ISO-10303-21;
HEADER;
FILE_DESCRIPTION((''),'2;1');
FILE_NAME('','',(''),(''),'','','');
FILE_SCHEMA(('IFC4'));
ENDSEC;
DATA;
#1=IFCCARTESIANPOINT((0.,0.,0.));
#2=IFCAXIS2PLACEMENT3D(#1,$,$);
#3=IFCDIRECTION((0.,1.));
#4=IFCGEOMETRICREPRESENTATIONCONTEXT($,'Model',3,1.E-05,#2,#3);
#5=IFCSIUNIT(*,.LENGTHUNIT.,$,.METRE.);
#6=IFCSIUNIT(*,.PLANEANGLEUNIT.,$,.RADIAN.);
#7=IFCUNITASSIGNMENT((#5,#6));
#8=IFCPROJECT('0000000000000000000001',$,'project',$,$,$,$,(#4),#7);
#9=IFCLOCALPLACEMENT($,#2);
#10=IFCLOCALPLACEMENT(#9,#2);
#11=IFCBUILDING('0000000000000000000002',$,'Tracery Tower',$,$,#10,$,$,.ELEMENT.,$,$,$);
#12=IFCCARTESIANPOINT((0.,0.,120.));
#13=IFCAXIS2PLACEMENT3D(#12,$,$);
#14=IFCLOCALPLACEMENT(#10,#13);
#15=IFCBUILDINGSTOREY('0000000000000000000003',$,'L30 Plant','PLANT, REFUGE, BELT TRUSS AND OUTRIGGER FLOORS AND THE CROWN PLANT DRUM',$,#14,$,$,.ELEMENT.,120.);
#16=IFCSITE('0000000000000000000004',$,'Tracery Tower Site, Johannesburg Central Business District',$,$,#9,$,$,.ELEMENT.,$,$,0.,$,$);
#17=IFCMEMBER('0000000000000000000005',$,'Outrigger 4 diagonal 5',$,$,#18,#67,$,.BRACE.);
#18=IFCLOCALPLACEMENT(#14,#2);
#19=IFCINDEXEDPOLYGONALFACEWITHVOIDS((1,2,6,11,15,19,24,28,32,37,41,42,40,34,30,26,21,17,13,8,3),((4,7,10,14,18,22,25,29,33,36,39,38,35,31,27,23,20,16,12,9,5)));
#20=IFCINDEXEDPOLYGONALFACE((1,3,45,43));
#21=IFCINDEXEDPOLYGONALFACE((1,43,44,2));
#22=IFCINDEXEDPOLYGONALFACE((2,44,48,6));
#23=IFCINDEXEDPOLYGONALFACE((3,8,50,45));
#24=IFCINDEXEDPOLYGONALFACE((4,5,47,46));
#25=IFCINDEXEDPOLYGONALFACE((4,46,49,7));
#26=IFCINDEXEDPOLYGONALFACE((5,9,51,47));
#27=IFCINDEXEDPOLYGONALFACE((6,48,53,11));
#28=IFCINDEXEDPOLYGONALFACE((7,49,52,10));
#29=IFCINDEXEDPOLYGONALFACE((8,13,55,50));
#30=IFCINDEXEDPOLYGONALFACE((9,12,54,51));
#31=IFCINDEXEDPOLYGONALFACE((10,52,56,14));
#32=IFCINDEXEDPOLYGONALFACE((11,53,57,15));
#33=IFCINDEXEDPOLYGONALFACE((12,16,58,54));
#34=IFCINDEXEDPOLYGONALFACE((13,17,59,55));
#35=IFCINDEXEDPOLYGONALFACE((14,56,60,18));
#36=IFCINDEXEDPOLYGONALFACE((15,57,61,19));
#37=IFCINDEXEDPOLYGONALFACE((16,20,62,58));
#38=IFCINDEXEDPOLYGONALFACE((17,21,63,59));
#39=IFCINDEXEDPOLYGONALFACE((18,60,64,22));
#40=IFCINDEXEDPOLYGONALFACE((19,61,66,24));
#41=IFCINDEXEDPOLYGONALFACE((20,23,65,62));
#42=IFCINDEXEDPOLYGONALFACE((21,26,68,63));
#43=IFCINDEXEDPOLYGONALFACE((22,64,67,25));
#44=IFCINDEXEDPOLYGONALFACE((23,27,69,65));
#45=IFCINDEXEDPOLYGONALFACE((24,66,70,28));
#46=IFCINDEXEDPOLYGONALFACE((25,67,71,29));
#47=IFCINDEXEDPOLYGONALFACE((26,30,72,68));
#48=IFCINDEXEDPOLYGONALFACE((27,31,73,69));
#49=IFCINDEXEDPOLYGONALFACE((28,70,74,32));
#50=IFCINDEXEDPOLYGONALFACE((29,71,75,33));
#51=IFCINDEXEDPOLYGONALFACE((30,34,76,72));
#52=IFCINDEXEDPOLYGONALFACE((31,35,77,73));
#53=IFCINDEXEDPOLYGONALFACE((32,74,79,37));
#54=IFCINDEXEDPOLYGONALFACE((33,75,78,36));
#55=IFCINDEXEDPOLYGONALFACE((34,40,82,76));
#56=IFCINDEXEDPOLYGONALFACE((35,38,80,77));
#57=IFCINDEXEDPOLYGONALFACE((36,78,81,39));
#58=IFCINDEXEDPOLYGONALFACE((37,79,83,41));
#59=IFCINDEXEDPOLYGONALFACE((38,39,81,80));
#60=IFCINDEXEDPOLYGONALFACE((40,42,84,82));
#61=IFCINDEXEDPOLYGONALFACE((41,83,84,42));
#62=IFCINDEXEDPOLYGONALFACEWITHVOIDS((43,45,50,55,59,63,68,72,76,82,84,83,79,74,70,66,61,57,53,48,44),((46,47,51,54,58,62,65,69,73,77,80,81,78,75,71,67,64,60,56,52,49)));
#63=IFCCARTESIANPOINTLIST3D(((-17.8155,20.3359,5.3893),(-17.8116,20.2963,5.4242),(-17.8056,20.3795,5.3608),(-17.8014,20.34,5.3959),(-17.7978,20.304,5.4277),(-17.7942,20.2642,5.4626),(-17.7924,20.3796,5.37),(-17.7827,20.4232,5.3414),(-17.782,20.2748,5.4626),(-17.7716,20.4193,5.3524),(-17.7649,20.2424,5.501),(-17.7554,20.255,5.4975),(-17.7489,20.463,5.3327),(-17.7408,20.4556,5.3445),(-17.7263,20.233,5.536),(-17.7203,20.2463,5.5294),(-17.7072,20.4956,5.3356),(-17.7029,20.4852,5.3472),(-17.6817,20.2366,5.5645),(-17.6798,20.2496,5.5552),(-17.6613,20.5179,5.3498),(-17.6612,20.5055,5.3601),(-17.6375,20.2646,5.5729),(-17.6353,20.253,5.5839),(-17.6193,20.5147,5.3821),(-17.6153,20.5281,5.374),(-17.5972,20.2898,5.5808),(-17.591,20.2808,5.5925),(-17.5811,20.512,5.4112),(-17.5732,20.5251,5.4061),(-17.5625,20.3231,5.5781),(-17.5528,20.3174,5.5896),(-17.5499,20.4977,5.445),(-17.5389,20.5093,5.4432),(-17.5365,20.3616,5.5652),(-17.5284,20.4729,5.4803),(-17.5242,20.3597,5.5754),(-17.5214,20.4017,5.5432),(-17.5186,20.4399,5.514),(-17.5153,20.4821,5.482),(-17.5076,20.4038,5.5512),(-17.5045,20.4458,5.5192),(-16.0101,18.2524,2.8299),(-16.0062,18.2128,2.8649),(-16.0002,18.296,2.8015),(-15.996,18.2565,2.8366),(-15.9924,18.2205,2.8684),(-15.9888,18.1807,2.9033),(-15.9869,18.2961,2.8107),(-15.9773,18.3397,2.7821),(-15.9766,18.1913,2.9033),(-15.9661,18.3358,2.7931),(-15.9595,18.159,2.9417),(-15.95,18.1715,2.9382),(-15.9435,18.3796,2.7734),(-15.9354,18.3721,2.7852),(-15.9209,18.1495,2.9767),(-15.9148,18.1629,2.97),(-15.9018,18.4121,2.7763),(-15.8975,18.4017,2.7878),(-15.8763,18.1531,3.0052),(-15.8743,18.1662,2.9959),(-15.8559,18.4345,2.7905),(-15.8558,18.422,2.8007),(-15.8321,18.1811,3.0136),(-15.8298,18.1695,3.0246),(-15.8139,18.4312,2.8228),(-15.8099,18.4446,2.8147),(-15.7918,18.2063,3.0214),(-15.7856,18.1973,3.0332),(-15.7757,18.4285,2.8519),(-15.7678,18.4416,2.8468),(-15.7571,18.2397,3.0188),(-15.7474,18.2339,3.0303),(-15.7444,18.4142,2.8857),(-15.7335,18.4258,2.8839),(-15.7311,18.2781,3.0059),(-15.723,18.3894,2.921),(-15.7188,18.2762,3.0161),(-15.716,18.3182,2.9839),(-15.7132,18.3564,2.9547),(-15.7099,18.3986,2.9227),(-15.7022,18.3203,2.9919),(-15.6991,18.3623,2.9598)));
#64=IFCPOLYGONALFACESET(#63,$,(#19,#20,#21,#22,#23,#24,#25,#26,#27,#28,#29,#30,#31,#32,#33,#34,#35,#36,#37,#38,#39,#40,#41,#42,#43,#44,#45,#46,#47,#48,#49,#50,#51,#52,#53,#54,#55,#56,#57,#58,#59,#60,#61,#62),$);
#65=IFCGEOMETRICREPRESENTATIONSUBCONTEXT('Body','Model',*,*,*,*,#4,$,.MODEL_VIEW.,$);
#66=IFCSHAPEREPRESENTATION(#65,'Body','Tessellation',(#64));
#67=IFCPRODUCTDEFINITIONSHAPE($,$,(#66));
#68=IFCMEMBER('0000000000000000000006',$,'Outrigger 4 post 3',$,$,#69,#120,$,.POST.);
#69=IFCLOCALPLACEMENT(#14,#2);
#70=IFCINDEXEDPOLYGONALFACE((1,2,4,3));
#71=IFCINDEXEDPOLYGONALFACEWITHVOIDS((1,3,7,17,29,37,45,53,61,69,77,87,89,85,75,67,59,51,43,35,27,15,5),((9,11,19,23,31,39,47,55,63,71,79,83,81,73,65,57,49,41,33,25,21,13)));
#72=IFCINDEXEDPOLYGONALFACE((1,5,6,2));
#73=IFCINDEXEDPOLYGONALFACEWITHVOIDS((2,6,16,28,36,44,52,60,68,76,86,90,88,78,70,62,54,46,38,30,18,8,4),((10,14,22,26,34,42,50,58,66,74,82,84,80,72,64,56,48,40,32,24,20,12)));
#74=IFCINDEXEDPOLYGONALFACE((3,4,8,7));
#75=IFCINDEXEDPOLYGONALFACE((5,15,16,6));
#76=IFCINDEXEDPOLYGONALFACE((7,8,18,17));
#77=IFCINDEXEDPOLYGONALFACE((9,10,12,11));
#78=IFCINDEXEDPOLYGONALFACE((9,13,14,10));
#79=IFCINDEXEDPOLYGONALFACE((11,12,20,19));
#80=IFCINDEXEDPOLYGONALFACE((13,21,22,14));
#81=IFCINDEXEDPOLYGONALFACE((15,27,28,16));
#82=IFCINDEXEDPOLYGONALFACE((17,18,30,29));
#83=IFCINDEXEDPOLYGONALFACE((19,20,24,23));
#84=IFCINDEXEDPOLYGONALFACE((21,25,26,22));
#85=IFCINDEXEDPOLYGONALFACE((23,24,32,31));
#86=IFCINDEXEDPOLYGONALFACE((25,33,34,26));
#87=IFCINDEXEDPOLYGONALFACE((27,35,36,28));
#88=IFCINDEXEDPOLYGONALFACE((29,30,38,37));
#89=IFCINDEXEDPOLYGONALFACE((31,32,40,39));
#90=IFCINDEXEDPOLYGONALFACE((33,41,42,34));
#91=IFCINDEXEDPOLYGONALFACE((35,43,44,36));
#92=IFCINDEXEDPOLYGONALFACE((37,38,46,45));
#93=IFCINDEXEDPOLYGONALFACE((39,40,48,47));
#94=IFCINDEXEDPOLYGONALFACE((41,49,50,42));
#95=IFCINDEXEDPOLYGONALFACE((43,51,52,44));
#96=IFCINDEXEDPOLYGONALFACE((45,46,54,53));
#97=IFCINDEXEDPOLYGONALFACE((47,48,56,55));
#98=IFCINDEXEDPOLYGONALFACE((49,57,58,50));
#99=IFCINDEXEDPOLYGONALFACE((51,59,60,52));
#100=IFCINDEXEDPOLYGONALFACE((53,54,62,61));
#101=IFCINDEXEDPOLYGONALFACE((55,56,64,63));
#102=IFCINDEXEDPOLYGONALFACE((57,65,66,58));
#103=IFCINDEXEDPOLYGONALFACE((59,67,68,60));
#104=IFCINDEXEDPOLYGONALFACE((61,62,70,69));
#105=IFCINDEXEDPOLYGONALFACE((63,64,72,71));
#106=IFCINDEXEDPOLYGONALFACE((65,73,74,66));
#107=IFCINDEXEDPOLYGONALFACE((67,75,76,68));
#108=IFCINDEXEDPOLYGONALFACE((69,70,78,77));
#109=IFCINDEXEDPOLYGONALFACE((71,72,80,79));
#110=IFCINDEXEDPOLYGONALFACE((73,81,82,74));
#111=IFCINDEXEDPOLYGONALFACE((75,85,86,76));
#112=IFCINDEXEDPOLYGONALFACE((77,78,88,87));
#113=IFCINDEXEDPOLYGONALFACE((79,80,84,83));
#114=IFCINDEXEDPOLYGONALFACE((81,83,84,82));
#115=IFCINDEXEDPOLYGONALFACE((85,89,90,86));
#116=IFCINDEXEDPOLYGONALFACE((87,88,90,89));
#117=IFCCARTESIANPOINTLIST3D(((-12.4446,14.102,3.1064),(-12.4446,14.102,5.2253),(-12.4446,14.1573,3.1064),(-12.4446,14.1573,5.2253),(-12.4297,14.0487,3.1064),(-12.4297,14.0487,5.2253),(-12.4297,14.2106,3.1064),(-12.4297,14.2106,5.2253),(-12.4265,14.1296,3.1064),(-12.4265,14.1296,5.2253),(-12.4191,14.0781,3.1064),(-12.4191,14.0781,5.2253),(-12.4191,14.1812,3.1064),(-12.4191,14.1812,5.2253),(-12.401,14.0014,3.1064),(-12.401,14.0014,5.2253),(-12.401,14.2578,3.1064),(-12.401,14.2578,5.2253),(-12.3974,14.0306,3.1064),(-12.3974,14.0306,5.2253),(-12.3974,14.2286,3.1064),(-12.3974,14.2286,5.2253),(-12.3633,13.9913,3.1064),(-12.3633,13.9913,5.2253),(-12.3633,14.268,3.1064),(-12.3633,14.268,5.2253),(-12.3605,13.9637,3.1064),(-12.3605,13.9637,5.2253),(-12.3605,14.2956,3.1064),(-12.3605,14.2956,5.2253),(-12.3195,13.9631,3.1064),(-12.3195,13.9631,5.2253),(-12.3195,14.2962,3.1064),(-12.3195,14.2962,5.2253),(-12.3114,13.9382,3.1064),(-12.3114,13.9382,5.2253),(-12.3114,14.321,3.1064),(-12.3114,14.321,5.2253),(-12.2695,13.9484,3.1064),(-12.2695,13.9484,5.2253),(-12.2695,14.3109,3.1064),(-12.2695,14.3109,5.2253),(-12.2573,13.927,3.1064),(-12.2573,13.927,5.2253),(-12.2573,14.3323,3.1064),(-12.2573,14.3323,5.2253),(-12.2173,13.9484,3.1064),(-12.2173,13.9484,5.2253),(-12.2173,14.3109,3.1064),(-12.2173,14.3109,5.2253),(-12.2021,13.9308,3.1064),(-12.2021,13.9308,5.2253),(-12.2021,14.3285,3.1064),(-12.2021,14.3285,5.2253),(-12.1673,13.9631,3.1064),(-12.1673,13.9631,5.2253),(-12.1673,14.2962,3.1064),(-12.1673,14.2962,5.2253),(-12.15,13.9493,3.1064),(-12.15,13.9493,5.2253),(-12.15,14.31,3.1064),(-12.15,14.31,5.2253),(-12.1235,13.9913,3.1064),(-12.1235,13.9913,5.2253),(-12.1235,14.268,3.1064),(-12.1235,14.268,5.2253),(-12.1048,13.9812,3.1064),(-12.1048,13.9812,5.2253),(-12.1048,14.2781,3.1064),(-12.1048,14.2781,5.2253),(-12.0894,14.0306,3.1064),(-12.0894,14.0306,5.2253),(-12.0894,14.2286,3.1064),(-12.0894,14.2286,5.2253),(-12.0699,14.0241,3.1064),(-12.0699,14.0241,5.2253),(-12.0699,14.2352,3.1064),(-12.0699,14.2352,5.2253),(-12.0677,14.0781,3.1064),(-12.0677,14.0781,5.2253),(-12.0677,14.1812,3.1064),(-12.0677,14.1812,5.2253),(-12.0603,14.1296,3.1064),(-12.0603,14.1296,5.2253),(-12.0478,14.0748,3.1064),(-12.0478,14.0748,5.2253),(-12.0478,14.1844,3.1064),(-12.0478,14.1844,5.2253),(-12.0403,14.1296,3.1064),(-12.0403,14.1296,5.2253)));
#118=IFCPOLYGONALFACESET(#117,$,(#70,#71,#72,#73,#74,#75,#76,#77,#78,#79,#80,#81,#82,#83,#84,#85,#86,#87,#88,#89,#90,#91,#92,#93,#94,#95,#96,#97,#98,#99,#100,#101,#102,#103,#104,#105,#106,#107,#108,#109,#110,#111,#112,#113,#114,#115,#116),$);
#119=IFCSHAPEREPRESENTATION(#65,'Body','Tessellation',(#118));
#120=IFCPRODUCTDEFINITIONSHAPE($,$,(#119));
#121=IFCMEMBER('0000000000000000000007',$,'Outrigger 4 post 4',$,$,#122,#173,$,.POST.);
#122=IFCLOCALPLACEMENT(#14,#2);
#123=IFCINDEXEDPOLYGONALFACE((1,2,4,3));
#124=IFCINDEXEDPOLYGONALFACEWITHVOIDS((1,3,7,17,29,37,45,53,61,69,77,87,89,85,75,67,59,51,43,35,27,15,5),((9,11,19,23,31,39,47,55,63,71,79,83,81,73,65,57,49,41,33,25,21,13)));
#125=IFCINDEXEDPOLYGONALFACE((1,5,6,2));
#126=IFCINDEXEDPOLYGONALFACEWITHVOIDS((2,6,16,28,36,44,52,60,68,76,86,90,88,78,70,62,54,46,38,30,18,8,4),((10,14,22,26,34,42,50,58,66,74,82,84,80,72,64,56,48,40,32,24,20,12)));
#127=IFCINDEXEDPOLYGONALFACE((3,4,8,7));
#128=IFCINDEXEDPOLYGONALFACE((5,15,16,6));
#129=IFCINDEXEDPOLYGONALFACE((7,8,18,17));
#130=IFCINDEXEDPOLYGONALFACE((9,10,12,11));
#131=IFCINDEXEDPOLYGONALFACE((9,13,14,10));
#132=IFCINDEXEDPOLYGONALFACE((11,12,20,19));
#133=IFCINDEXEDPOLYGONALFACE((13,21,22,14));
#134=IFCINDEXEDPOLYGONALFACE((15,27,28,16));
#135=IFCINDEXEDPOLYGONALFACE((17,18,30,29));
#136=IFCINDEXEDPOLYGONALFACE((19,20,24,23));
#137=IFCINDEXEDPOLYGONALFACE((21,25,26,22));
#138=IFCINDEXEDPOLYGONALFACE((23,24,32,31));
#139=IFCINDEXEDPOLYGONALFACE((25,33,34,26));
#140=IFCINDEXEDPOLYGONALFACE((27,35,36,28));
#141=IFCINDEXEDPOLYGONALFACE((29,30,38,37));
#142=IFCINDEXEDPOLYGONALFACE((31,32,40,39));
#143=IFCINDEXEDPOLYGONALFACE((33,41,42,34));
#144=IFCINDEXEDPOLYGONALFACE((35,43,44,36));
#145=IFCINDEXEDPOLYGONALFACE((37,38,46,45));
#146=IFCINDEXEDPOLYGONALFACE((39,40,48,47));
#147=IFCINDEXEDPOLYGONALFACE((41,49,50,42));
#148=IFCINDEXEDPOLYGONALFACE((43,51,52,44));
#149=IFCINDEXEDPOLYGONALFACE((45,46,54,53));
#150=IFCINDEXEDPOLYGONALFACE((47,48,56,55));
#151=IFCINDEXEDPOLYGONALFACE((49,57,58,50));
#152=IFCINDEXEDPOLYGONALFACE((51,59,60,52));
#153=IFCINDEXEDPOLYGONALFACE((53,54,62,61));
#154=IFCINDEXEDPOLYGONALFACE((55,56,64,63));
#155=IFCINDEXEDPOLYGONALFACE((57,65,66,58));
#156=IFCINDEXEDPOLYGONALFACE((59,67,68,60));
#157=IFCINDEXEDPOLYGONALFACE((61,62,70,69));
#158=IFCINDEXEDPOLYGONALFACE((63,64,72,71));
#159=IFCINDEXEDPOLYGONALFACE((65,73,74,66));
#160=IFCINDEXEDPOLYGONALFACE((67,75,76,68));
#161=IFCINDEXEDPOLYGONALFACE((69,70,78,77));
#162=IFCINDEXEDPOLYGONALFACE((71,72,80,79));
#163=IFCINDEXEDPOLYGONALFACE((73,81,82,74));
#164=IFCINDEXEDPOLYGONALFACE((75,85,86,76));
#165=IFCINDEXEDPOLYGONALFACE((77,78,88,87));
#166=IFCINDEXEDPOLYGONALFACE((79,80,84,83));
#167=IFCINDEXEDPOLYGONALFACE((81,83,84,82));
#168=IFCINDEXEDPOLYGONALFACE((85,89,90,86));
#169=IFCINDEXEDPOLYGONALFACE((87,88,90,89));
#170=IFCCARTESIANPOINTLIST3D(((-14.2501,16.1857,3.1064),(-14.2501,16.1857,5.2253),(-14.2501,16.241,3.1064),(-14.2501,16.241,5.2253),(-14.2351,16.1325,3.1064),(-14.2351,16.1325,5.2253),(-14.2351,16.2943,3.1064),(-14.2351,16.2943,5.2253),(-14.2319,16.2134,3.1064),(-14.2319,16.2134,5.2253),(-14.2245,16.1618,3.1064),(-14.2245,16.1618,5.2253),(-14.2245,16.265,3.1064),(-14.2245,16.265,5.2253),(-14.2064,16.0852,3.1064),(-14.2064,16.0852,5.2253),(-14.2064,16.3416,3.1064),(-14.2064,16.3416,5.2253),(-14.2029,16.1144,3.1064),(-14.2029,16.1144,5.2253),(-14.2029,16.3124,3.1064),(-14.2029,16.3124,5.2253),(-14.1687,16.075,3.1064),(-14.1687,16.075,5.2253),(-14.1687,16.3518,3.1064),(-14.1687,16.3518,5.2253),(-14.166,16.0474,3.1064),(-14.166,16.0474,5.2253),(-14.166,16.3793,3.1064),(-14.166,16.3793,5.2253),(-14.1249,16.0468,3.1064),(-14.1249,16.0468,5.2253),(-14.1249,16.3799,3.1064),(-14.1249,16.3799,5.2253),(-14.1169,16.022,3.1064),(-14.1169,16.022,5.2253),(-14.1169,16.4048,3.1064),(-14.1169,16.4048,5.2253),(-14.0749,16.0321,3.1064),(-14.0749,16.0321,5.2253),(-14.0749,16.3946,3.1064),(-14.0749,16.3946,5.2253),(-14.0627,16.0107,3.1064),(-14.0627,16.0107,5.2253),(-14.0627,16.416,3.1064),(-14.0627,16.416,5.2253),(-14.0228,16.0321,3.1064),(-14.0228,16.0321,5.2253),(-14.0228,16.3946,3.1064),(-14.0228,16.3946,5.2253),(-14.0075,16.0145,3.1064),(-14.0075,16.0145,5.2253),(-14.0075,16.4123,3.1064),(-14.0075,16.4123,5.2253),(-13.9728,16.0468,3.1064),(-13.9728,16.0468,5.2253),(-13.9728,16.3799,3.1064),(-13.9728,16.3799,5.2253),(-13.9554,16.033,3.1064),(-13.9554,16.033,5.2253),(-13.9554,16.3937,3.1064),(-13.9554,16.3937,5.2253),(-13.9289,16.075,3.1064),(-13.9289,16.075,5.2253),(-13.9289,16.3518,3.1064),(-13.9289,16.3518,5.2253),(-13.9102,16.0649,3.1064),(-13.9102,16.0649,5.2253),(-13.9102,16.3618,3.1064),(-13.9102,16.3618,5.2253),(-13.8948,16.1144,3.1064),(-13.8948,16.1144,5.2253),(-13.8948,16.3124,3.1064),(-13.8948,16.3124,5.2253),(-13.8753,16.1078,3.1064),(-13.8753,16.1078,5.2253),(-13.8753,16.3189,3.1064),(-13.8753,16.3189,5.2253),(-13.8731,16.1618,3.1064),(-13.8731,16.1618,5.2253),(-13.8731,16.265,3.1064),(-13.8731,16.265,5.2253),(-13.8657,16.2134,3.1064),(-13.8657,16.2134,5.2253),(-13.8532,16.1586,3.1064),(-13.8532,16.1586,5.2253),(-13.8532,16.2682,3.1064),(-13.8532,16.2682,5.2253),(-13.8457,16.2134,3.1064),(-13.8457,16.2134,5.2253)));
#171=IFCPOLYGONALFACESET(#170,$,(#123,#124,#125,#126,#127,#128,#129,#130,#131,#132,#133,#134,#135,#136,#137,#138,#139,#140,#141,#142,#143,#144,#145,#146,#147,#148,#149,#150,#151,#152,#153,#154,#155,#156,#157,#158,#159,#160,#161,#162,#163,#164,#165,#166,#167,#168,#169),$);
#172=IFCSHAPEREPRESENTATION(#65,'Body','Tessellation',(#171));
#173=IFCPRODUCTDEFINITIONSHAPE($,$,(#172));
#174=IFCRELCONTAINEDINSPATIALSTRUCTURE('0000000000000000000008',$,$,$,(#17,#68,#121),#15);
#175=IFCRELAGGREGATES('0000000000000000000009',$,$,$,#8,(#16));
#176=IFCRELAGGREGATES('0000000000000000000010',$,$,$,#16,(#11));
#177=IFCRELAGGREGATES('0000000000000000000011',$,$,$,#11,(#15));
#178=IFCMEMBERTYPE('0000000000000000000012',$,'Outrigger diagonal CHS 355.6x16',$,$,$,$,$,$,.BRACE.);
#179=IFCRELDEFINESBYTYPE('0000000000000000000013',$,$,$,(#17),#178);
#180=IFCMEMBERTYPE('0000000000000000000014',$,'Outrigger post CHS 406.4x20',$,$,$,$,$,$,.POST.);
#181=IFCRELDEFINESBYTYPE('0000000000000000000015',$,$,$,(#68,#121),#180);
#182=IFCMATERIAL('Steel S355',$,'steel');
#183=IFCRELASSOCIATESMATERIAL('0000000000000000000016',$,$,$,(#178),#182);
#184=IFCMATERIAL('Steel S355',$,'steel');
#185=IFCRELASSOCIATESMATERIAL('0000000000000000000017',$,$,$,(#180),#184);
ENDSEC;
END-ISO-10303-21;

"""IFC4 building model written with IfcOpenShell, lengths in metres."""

from ifc_helpers import new_model, si_unit, direction, frame, origin, origin_2d, place, context, subcontext, project, spatial, hollow_circle, extrude, material, material_profile, profile_set, type_object, element, save


model = new_model("IFC4")

# Units and contexts
model_context = context("Model", 3, precision=1e-05, world=origin(), true_north=direction((0.0, 1.0)))
body_context = subcontext(model_context, "Body", "Model", "MODEL_VIEW")
ifc_project = project(units=[si_unit("LENGTHUNIT", "METRE"), si_unit("PLANEANGLEUNIT", "RADIAN")], contexts=[model_context])

# Site, building, storey
site_placement = place(None, origin())
site = spatial("IfcSite", under=ifc_project, at=site_placement, Name="Tracery Tower Site, Johannesburg Central Business District", CompositionType="ELEMENT", RefElevation=0.0)
building_placement = place(site_placement, origin())
building = spatial("IfcBuilding", under=site, at=building_placement, Name="Tracery Tower", CompositionType="ELEMENT")
storey_placement = place(building_placement, frame((0.0, 0.0, 120.0)))
storey = spatial("IfcBuildingStorey", under=building, at=storey_placement, Name="L30 Plant", Description="PLANT, REFUGE, BELT TRUSS AND OUTRIGGER FLOORS AND THE CROWN PLANT DRUM", CompositionType="ELEMENT", Elevation=120.0)

# Members
ifc_material_1 = material(Name="Steel S355", Category="steel")
ifc_material_profile_1 = material_profile(ifc_material_1, hollow_circle(Radius=0.1777, WallThickness=0.0161, at=origin_2d()), Name="CHS 355.6x16")
ifc_profile_set_1 = profile_set([ifc_material_profile_1], Name="Steel S355")
member_type_1 = type_object("IfcMemberType", Name="Outrigger diagonal CHS 355.6x16", PredefinedType="BRACE", material=ifc_profile_set_1)
member_1_placement = place(storey_placement, frame((-15.8545, 18.2971, 2.9033), z_axis=(-0.479943, 0.553866, 0.680358), x_axis=(-0.755739, -0.654873, 0.0)))
element("IfcMember", 1, at=member_1_placement, inside=storey, type_object=member_type_1, Name="Outrigger 4 diagonal 5", PredefinedType="BRACE", context=body_context, shape_type="SweptSolid", body=[
    extrude(hollow_circle(Radius=0.1777, WallThickness=0.0161, at=origin_2d()), origin(), (0.0, 0.0, 1.0), 3.7617),
])
ifc_material_2 = material(Name="Steel S355", Category="steel")
ifc_material_profile_2 = material_profile(ifc_material_2, hollow_circle(Radius=0.2031, WallThickness=0.02, at=origin_2d()), Name="CHS 406.4x20")
ifc_profile_set_2 = profile_set([ifc_material_profile_2], Name="Steel S355")
member_type_2 = type_object("IfcMemberType", Name="Outrigger post CHS 406.4x20", PredefinedType="POST", material=ifc_profile_set_2)
for number, where, z_axis, x_axis, name in (
    (2, (-12.2434, 14.1296, 3.1064), (0.0, 0.0, 1.0), (1.0, 0.0, 0.0), "Outrigger 4 post 3"),
    (3, (-14.0488, 16.2134, 3.1064), (0.0, 0.0, 1.0), (1.0, 0.0, 0.0), "Outrigger 4 post 4"),
):
    element("IfcMember", number, at=place(storey_placement, frame(where, z_axis=z_axis, x_axis=x_axis)), inside=storey, type_object=member_type_2, Name=name, PredefinedType="POST", context=body_context, shape_type="SweptSolid", body=[
        extrude(hollow_circle(Radius=0.2031, WallThickness=0.02, at=origin_2d()), origin(), (0.0, 0.0, 1.0), 2.1189),
    ])

save(model, "model.ifc")
